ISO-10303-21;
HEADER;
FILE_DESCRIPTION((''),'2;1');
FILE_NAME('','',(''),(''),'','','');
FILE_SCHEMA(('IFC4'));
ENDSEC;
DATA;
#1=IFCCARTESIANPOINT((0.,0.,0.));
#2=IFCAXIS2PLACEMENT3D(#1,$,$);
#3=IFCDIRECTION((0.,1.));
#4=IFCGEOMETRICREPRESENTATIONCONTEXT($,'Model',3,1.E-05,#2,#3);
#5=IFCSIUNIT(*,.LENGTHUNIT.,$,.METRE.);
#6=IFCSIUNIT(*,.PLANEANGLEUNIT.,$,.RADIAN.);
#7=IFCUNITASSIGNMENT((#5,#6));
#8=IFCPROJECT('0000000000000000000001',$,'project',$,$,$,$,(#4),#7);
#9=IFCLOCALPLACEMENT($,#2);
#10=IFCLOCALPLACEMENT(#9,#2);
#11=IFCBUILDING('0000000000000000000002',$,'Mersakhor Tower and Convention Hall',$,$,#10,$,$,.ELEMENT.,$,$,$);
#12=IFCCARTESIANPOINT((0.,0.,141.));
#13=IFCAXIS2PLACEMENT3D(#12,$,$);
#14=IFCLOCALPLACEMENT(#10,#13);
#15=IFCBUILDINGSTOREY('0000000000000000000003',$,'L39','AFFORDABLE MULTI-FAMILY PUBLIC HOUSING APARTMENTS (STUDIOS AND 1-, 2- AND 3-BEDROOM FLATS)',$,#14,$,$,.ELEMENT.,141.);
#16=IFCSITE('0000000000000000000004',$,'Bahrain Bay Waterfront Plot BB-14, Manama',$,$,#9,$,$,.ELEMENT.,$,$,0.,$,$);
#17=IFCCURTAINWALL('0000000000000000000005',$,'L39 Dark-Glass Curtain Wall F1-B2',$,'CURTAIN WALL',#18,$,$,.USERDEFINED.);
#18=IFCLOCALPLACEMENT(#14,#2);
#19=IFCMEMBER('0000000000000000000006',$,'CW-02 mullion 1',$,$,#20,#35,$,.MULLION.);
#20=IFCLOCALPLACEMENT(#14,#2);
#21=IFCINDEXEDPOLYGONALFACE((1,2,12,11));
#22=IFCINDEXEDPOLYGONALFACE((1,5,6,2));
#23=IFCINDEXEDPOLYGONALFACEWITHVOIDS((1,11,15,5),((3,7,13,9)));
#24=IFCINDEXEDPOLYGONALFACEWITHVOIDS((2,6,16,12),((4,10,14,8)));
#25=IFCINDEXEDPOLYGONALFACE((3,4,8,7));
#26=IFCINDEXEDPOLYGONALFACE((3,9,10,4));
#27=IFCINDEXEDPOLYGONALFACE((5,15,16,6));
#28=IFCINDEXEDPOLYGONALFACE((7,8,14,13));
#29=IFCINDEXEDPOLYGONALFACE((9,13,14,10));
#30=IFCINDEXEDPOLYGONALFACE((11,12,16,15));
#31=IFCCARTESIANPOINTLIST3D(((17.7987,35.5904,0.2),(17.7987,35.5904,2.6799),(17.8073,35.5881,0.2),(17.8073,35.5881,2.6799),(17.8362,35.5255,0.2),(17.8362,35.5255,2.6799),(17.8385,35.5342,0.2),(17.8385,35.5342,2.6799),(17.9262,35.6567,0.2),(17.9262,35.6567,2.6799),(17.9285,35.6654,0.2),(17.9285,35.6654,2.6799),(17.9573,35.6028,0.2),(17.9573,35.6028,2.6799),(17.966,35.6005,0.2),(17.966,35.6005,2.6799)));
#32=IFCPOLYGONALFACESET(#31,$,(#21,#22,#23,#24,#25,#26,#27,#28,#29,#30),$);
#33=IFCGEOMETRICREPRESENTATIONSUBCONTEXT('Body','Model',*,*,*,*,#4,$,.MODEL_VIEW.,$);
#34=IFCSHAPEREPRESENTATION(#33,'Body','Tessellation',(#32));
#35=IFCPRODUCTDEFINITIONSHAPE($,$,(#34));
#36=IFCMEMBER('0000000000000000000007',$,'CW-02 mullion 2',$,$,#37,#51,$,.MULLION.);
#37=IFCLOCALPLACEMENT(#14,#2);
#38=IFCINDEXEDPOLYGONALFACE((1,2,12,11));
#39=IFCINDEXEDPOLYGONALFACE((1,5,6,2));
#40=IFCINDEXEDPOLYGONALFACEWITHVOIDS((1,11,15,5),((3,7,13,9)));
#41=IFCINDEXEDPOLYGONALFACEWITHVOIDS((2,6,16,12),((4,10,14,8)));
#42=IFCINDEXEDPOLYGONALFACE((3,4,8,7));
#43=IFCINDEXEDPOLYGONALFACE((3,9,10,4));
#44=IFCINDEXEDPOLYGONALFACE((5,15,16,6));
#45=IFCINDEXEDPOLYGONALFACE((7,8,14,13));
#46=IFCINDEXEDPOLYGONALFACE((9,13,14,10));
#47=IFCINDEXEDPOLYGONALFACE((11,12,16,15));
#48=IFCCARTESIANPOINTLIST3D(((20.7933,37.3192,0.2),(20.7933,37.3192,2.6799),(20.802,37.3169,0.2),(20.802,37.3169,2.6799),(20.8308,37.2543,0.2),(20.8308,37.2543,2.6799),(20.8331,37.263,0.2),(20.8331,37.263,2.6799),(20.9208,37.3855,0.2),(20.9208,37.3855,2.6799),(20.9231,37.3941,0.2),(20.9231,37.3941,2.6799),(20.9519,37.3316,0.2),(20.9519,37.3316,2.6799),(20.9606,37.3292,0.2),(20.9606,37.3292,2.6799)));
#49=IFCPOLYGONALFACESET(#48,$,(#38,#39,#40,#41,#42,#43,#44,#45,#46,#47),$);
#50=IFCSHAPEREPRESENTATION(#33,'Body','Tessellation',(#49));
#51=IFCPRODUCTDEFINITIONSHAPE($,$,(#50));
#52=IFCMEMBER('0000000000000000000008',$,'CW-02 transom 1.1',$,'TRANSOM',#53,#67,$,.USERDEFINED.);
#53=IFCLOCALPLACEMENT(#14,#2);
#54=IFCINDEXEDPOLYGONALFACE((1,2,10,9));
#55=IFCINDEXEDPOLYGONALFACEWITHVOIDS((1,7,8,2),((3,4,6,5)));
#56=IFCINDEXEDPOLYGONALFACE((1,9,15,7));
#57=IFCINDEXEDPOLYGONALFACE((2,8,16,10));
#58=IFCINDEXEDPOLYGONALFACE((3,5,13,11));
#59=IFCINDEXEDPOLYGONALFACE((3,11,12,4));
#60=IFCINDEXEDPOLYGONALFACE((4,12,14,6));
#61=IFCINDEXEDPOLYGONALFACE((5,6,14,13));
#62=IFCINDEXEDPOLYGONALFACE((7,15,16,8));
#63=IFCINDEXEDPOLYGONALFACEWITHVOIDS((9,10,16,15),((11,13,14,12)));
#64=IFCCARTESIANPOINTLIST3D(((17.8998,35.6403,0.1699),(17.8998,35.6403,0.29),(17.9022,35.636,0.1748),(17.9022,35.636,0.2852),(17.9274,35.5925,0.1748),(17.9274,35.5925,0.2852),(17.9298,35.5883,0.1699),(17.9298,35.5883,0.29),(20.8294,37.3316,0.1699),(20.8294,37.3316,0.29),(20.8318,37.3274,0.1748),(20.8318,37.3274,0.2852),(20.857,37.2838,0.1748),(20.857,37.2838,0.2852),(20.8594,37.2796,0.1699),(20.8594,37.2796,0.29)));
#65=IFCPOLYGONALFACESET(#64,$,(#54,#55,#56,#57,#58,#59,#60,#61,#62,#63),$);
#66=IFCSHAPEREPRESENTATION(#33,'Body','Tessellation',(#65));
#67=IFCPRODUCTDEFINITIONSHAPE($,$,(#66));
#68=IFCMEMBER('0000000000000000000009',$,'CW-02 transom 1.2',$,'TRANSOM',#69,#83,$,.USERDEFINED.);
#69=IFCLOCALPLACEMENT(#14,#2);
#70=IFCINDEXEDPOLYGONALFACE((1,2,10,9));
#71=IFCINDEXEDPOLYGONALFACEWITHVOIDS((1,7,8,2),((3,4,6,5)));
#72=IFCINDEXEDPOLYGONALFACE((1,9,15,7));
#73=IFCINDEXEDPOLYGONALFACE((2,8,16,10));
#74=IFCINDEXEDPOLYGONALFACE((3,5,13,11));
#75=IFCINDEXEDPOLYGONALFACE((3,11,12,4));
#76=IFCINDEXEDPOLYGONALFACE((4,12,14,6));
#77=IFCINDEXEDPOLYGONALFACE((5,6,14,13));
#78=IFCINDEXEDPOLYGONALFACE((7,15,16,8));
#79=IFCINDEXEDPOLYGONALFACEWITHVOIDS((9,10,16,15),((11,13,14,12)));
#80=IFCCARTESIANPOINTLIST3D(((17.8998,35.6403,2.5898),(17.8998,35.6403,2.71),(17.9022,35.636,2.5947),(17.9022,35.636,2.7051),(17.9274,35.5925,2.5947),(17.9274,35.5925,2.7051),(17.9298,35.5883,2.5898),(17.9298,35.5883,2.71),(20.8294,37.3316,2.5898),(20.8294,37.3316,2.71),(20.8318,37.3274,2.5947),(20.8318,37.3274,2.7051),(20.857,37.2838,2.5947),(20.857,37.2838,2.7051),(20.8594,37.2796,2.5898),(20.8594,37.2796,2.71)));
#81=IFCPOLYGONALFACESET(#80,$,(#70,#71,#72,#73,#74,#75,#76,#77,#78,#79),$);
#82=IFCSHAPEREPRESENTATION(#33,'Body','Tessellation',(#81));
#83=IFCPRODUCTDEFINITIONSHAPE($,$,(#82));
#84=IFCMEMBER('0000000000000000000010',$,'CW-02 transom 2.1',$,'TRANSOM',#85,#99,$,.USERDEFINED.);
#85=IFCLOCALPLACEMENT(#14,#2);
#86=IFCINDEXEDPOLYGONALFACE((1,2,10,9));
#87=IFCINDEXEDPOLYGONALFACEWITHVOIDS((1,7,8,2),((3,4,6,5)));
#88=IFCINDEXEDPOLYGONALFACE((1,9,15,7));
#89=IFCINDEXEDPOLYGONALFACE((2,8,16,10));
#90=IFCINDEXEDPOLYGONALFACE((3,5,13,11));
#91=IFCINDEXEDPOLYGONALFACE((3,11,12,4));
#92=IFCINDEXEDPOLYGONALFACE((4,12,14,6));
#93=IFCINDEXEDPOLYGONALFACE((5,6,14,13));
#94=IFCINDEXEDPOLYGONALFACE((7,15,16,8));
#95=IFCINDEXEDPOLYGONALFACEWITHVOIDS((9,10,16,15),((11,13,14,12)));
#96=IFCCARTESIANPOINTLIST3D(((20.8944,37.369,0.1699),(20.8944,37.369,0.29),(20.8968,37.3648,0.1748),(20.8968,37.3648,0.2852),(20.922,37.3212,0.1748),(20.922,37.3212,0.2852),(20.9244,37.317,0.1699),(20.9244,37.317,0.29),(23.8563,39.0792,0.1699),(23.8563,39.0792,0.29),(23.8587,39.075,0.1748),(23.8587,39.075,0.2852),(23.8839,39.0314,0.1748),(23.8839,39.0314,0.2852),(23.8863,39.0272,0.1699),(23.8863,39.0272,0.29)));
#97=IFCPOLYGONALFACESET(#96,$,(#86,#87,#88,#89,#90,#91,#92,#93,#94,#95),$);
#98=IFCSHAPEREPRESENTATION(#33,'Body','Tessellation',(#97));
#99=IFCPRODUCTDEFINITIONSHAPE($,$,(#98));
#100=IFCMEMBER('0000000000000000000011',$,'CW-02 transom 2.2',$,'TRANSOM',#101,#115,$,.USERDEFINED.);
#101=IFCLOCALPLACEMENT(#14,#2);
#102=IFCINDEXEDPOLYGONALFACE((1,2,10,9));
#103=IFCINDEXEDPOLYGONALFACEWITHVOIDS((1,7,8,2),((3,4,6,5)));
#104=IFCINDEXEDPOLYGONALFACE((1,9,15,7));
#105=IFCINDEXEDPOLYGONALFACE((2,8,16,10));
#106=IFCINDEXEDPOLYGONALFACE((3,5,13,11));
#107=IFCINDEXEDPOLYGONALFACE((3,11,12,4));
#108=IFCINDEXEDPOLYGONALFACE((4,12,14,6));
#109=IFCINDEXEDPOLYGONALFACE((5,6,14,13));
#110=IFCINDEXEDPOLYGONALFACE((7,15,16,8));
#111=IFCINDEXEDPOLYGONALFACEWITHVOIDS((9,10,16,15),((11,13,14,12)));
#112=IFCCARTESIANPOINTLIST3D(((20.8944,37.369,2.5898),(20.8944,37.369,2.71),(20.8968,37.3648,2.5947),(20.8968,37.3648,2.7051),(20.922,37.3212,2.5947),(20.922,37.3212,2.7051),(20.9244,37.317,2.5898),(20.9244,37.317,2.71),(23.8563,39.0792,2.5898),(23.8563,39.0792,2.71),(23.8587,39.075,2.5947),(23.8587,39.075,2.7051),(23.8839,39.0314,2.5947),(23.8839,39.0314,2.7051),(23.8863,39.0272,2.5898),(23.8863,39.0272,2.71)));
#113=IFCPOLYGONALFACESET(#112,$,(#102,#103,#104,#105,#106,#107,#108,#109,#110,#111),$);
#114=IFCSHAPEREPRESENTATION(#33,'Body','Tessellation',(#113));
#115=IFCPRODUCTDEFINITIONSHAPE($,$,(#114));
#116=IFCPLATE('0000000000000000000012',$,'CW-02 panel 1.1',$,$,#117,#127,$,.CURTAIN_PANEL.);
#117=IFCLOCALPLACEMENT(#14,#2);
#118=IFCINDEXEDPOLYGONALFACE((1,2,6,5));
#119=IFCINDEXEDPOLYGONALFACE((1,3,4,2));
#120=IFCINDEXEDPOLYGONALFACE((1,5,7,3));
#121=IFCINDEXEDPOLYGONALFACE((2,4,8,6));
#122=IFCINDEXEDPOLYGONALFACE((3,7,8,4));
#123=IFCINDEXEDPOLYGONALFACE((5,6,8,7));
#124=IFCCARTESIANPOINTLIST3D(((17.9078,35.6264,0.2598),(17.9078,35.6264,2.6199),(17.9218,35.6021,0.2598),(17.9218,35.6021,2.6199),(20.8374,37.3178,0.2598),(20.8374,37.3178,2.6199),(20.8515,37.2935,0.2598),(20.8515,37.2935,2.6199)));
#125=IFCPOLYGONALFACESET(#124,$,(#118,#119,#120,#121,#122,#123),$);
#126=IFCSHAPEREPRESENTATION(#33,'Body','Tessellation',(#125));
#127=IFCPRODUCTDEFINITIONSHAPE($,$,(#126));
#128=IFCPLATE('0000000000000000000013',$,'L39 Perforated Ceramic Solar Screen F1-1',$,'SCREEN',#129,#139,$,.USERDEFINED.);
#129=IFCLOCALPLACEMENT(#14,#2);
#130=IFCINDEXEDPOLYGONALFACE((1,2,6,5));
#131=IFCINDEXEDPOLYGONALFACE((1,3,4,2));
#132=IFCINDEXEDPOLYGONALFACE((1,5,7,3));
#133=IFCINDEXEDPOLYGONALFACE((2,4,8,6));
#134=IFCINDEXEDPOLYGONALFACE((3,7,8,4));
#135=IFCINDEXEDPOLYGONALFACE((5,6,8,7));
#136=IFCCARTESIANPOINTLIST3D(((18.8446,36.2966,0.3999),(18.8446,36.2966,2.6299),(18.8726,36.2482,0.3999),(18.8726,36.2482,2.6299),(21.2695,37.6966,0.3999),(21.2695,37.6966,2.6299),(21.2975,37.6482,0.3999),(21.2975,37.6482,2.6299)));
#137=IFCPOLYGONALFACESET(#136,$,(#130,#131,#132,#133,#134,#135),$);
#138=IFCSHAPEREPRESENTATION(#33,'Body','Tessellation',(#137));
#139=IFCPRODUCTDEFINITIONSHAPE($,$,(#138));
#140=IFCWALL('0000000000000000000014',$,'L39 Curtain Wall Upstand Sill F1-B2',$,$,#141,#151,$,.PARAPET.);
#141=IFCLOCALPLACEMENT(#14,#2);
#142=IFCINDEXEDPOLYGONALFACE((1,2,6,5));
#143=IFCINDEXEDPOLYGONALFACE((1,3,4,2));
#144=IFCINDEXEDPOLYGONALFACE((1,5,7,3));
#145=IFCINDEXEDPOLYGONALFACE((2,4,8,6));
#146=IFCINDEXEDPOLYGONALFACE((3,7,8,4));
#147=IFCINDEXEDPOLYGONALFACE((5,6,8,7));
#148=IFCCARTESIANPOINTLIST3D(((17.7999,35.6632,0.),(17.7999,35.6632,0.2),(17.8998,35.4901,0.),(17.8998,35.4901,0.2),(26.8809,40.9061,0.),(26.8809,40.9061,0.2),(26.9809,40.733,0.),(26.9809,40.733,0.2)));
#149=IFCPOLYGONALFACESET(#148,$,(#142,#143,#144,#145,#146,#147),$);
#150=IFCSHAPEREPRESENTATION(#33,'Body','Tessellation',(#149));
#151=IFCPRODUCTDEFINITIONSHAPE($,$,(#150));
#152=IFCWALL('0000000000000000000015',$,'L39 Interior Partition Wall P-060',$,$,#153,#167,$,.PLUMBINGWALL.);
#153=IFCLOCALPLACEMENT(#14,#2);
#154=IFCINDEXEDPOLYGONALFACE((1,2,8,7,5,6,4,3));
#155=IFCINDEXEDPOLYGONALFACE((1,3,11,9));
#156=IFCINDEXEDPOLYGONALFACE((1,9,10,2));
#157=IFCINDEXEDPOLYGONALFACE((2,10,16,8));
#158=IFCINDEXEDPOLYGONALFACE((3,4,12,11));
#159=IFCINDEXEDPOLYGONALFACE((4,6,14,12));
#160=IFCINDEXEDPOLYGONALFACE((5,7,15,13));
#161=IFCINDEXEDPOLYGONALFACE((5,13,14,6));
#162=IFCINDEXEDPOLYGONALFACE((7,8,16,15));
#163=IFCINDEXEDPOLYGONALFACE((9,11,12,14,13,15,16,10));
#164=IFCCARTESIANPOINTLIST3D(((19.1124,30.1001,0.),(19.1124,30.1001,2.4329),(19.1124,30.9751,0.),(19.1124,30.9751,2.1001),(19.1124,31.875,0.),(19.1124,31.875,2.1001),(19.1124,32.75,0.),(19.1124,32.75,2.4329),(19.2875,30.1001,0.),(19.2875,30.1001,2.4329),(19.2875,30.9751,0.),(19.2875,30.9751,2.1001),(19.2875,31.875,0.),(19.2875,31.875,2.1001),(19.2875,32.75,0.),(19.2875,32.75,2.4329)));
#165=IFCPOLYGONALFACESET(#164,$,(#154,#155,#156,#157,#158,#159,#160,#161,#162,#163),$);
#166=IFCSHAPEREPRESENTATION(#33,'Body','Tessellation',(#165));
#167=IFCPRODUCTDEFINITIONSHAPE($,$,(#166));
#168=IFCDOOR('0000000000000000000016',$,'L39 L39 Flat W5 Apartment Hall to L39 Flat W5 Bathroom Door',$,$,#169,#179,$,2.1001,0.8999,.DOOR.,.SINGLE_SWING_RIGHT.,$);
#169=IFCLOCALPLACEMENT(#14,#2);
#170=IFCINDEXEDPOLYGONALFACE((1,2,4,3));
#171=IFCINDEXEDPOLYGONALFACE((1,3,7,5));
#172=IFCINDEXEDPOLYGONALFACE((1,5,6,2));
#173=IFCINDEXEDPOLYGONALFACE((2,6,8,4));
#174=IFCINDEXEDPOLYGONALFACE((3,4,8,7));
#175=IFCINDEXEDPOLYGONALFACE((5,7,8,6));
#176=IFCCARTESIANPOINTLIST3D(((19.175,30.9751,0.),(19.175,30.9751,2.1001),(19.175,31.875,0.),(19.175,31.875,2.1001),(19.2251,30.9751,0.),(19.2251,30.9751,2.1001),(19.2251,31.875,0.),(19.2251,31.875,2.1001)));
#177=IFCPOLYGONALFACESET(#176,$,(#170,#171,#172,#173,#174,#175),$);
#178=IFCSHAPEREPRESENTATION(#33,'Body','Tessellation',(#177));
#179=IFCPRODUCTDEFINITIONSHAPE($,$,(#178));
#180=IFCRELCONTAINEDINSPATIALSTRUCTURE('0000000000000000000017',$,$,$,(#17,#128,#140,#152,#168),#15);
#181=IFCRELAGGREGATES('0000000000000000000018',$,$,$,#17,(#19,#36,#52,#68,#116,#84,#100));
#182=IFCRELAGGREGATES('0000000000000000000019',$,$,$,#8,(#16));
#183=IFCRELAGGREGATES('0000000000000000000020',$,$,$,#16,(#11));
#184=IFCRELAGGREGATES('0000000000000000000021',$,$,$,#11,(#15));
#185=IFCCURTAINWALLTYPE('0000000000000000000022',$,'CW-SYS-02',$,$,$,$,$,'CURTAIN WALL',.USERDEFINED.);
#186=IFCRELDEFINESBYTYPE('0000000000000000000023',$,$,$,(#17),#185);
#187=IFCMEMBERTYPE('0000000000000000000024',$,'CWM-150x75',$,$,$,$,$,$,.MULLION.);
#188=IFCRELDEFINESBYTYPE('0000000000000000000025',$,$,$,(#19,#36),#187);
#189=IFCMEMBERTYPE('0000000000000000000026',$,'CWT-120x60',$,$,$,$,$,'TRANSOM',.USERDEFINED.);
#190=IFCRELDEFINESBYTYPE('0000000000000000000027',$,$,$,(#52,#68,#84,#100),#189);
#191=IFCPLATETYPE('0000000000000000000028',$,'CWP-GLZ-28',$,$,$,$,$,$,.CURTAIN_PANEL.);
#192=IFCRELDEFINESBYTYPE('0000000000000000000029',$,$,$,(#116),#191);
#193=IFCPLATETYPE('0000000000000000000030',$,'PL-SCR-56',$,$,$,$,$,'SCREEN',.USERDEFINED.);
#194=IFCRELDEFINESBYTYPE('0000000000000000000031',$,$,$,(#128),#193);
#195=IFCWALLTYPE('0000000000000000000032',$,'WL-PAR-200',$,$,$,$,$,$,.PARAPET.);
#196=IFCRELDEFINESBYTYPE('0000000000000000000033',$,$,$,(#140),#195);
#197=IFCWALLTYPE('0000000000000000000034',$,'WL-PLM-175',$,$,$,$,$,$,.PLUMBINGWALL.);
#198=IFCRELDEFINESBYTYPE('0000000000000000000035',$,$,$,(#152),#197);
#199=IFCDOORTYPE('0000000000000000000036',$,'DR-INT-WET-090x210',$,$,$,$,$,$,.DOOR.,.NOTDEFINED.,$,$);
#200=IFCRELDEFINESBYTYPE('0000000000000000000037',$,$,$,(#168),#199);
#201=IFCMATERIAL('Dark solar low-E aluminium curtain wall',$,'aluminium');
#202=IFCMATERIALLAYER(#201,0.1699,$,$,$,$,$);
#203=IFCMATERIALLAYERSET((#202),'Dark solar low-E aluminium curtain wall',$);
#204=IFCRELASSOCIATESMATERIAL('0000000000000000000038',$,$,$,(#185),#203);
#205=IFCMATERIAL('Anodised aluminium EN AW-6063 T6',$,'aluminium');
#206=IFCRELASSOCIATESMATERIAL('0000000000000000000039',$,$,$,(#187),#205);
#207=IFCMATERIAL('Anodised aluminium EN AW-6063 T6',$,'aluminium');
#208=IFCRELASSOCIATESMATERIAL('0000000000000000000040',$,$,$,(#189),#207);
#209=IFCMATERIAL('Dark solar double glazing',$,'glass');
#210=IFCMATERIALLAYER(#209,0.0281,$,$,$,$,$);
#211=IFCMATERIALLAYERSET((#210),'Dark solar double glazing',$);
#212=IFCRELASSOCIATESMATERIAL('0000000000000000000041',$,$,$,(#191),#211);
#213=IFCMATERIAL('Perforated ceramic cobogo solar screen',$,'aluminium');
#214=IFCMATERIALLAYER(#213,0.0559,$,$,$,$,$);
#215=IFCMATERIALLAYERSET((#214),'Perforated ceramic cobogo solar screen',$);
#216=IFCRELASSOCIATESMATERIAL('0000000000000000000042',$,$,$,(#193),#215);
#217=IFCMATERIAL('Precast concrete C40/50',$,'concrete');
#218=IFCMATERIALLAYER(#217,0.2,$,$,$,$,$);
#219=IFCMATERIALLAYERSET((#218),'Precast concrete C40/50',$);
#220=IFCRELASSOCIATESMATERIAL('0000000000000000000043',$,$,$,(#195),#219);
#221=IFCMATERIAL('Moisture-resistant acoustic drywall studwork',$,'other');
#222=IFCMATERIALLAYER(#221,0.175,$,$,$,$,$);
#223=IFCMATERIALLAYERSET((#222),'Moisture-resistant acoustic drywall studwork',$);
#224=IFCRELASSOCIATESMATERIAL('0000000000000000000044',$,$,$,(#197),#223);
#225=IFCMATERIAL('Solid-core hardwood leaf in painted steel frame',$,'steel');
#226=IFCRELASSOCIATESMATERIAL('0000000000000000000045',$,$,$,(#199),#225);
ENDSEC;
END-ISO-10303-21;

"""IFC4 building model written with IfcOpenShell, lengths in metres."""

from ifc_helpers import new_model, si_unit, direction, frame, frame_2d, origin, origin_2d, place, context, subcontext, project, spatial, rectangle, hollow_rectangle, extrude, material, layer, layer_set, material_profile, profile_set, type_object, element, fill, aggregate, save


model = new_model("IFC4")

# Units and contexts
model_context = context("Model", 3, precision=1e-05, world=origin(), true_north=direction((0.0, 1.0)))
body_context = subcontext(model_context, "Body", "Model", "MODEL_VIEW")
ifc_project = project(units=[si_unit("LENGTHUNIT", "METRE"), si_unit("PLANEANGLEUNIT", "RADIAN")], contexts=[model_context])

# Site, building, storey
site_placement = place(None, origin())
site = spatial("IfcSite", under=ifc_project, at=site_placement, Name="Bahrain Bay Waterfront Plot BB-14, Manama", CompositionType="ELEMENT", RefElevation=0.0)
building_placement = place(site_placement, origin())
building = spatial("IfcBuilding", under=site, at=building_placement, Name="Mersakhor Tower and Convention Hall", CompositionType="ELEMENT")
storey_placement = place(building_placement, frame((0.0, 0.0, 141.0)))
storey = spatial("IfcBuildingStorey", under=building, at=storey_placement, Name="L39", Description="AFFORDABLE MULTI-FAMILY PUBLIC HOUSING APARTMENTS (STUDIOS AND 1-, 2- AND 3-BEDROOM FLATS)", CompositionType="ELEMENT", Elevation=141.0)

# Curtain wall, members, plate
ifc_material_1 = material(Name="Dark solar low-E aluminium curtain wall", Category="aluminium")
ifc_layer_1 = layer(ifc_material_1, 0.1699)
ifc_layer_set_1 = layer_set([ifc_layer_1], Name="Dark solar low-E aluminium curtain wall")
curtain_wall_type = type_object("IfcCurtainWallType", Name="CW-SYS-02", ElementType="CURTAIN WALL", PredefinedType="USERDEFINED", material=ifc_layer_set_1)
curtain_wall_placement = place(storey_placement, origin())
curtain_wall = element("IfcCurtainWall", 1, at=curtain_wall_placement, inside=storey, type_object=curtain_wall_type, Name="L39 Dark-Glass Curtain Wall F1-B2", ObjectType="CURTAIN WALL", PredefinedType="USERDEFINED")
ifc_material_2 = material(Name="Anodised aluminium EN AW-6063 T6", Category="aluminium")
ifc_material_profile_1 = material_profile(ifc_material_2, hollow_rectangle(XDim=0.075, YDim=0.1499, WallThickness=0.0063, at=origin_2d()), Name="RHS 150x75x6.3")
ifc_profile_set_1 = profile_set([ifc_material_profile_1], Name="Anodised aluminium EN AW-6063 T6")
member_type_1 = type_object("IfcMemberType", Name="CWM-150x75", PredefinedType="MULLION", material=ifc_profile_set_1)
member_1_placement = place(storey_placement, frame((17.8823, 35.5955, 0.2), z_axis=(0.0, 0.0, 1.0), x_axis=(-0.49999, 0.866031, 0.0)))
member_1 = element("IfcMember", 2, at=member_1_placement, type_object=member_type_1, Name="CW-02 mullion 1", PredefinedType="MULLION", context=body_context, shape_type="SweptSolid", body=[
    extrude(hollow_rectangle(XDim=0.075, YDim=0.1499, WallThickness=0.0063, at=origin_2d()), origin(), (0.0, 0.0, 1.0), 2.48),
])
member_2_placement = place(storey_placement, frame((20.877, 37.3242, 0.2), z_axis=(0.0, 0.0, 1.0), x_axis=(-0.49999, 0.866031, 0.0)))
member_2 = element("IfcMember", 3, at=member_2_placement, type_object=member_type_1, Name="CW-02 mullion 2", PredefinedType="MULLION", context=body_context, shape_type="SweptSolid", body=[
    extrude(hollow_rectangle(XDim=0.075, YDim=0.1499, WallThickness=0.0063, at=origin_2d()), origin(), (0.0, 0.0, 1.0), 2.48),
])
ifc_material_3 = material(Name="Anodised aluminium EN AW-6063 T6", Category="aluminium")
ifc_material_profile_2 = material_profile(ifc_material_3, hollow_rectangle(XDim=0.0601, YDim=0.1201, WallThickness=0.0049, at=origin_2d()), Name="RHS 120x60x5")
ifc_profile_set_2 = profile_set([ifc_material_profile_2], Name="Anodised aluminium EN AW-6063 T6")
member_type_2 = type_object("IfcMemberType", Name="CWT-120x60", ElementType="TRANSOM", PredefinedType="USERDEFINED", material=ifc_profile_set_2)
member_3_placement = place(storey_placement, frame((17.9148, 35.6143, 0.23), z_axis=(0.866032, 0.499989, 0.0), x_axis=(-0.499989, 0.866032, 0.0)))
member_3 = element("IfcMember", 4, at=member_3_placement, type_object=member_type_2, Name="CW-02 transom 1.1", ObjectType="TRANSOM", PredefinedType="USERDEFINED", context=body_context, shape_type="SweptSolid", body=[
    extrude(hollow_rectangle(XDim=0.0601, YDim=0.1201, WallThickness=0.0049, at=origin_2d()), origin(), (0.0, 0.0, 1.0), 3.3828),
])
member_4_placement = place(storey_placement, frame((17.9148, 35.6143, 2.6499), z_axis=(0.866032, 0.499989, 0.0), x_axis=(-0.499989, 0.866032, 0.0)))
member_4 = element("IfcMember", 5, at=member_4_placement, type_object=member_type_2, Name="CW-02 transom 1.2", ObjectType="TRANSOM", PredefinedType="USERDEFINED", context=body_context, shape_type="SweptSolid", body=[
    extrude(hollow_rectangle(XDim=0.0601, YDim=0.1201, WallThickness=0.0049, at=origin_2d()), origin(), (0.0, 0.0, 1.0), 3.3828),
])
member_5_placement = place(storey_placement, frame((20.9094, 37.343, 0.23), z_axis=(0.866007, 0.500031, 0.0), x_axis=(-0.500031, 0.866007, 0.0)))
member_5 = element("IfcMember", 6, at=member_5_placement, type_object=member_type_2, Name="CW-02 transom 2.1", ObjectType="TRANSOM", PredefinedType="USERDEFINED", context=body_context, shape_type="SweptSolid", body=[
    extrude(hollow_rectangle(XDim=0.0601, YDim=0.1201, WallThickness=0.0049, at=origin_2d()), origin(), (0.0, 0.0, 1.0), 3.4202),
])
member_6_placement = place(storey_placement, frame((20.9094, 37.343, 2.6499), z_axis=(0.866007, 0.500031, 0.0), x_axis=(-0.500031, 0.866007, 0.0)))
member_6 = element("IfcMember", 7, at=member_6_placement, type_object=member_type_2, Name="CW-02 transom 2.2", ObjectType="TRANSOM", PredefinedType="USERDEFINED", context=body_context, shape_type="SweptSolid", body=[
    extrude(hollow_rectangle(XDim=0.0601, YDim=0.1201, WallThickness=0.0049, at=origin_2d()), origin(), (0.0, 0.0, 1.0), 3.4202),
])
ifc_material_4 = material(Name="Dark solar double glazing", Category="glass")
ifc_layer_2 = layer(ifc_material_4, 0.0281)
ifc_layer_set_2 = layer_set([ifc_layer_2], Name="Dark solar double glazing")
plate_type_1 = type_object("IfcPlateType", Name="CWP-GLZ-28", PredefinedType="CURTAIN_PANEL", material=ifc_layer_set_2)
plate_1_placement = place(storey_placement, frame((19.3796, 36.46, 0.2598), z_axis=(0.0, 0.0, 1.0), x_axis=(0.866031, 0.49999, 0.0)))
plate_1 = element("IfcPlate", 8, at=plate_1_placement, type_object=plate_type_1, Name="CW-02 panel 1.1", PredefinedType="CURTAIN_PANEL", context=body_context, shape_type="SweptSolid", body=[
    extrude(rectangle(XDim=3.3828, YDim=0.0281, at=origin_2d()), origin(), (0.0, 0.0, 1.0), 2.3601),
])
aggregate(curtain_wall, [member_1, member_2, member_3, member_4, plate_1, member_5, member_6])

# Plate
ifc_material_5 = material(Name="Perforated ceramic cobogo solar screen", Category="aluminium")
ifc_layer_3 = layer(ifc_material_5, 0.0559)
ifc_layer_set_3 = layer_set([ifc_layer_3], Name="Perforated ceramic cobogo solar screen")
plate_type_2 = type_object("IfcPlateType", Name="PL-SCR-56", ElementType="SCREEN", PredefinedType="USERDEFINED", material=ifc_layer_set_3)
plate_2_placement = place(storey_placement, frame((20.071, 36.9724, 0.3999), z_axis=(0.0, 0.0, 1.0), x_axis=(0.866025, 0.5, 0.0)))
element("IfcPlate", 9, at=plate_2_placement, inside=storey, type_object=plate_type_2, Name="L39 Perforated Ceramic Solar Screen F1-1", ObjectType="SCREEN", PredefinedType="USERDEFINED", context=body_context, shape_type="SweptSolid", body=[
    extrude(rectangle(XDim=2.8, YDim=0.0559, at=origin_2d()), origin(), (0.0, 0.0, 1.0), 2.23),
])

# Wall
ifc_material_6 = material(Name="Precast concrete C40/50", Category="concrete")
ifc_layer_4 = layer(ifc_material_6, 0.2)
ifc_layer_set_4 = layer_set([ifc_layer_4], Name="Precast concrete C40/50")
wall_type_1 = type_object("IfcWallType", Name="WL-PAR-200", PredefinedType="PARAPET", material=ifc_layer_set_4)
wall_1_placement = place(storey_placement, frame((17.8499, 35.5767, 0.0), z_axis=(0.0, 0.0, 1.0), x_axis=(0.866027, 0.499998, 0.0)))
element("IfcWall", 10, at=wall_1_placement, inside=storey, type_object=wall_type_1, Name="L39 Curtain Wall Upstand Sill F1-B2", PredefinedType="PARAPET", context=body_context, shape_type="SweptSolid", body=[
    extrude(rectangle(XDim=10.4858, YDim=0.2, at=frame_2d((5.2429, 0.0))), origin(), (0.0, 0.0, 1.0), 0.2),
])

# Wall, opening, door
ifc_material_7 = material(Name="Moisture-resistant acoustic drywall studwork", Category="other")
ifc_layer_5 = layer(ifc_material_7, 0.175)
ifc_layer_set_5 = layer_set([ifc_layer_5], Name="Moisture-resistant acoustic drywall studwork")
wall_type_2 = type_object("IfcWallType", Name="WL-PLM-175", PredefinedType="PLUMBINGWALL", material=ifc_layer_set_5)
wall_2_placement = place(storey_placement, frame((19.2, 30.1001, 0.0), z_axis=(0.0, 0.0, 1.0), x_axis=(0.0, 1.0, 0.0)))
wall_2 = element("IfcWall", 11, at=wall_2_placement, inside=storey, type_object=wall_type_2, Name="L39 Interior Partition Wall P-060", PredefinedType="PLUMBINGWALL", context=body_context, shape_type="SweptSolid", body=[
    extrude(rectangle(XDim=2.6499, YDim=0.175, at=frame_2d((1.325, 0.0))), origin(), (0.0, 0.0, 1.0), 2.4329),
])
opening_1_placement = place(wall_2_placement, frame((0.875, 0.0, 0.0)))
opening_1 = element("IfcOpeningElement", 12, at=opening_1_placement, cuts=wall_2, PredefinedType="OPENING", context=body_context, shape_type="SweptSolid", body=[
    extrude(rectangle(XDim=0.8999, YDim=2.1001, at=frame_2d((0.45, 1.05))), frame((0.0, 0.0974, 0.0), z_axis=(0.0, -1.0, 0.0), x_axis=(1.0, 0.0, 0.0)), (0.0, 0.0, 1.0), 0.1951),
])
ifc_material_8 = material(Name="Solid-core hardwood leaf in painted steel frame", Category="steel")
door_type_1 = type_object("IfcDoorType", Name="DR-INT-WET-090x210", OperationType="NOTDEFINED", PredefinedType="DOOR", material=ifc_material_8)
door_1_placement = place(opening_1_placement, origin())
door_1 = element("IfcDoor", 13, at=door_1_placement, inside=storey, type_object=door_type_1, Name="L39 L39 Flat W5 Apartment Hall to L39 Flat W5 Bathroom Door", OperationType="SINGLE_SWING_RIGHT", OverallHeight=2.1001, OverallWidth=0.8999, PredefinedType="DOOR", context=body_context, shape_type="SweptSolid", body=[
    extrude(rectangle(XDim=0.8999, YDim=2.1001, at=frame_2d((0.45, 1.05))), frame((0.0, 0.0249, 0.0), z_axis=(0.0, -1.0, 0.0), x_axis=(1.0, 0.0, 0.0)), (0.0, 0.0, 1.0), 0.05),
])
fill(opening_1, door_1)

save(model, "model.ifc")
